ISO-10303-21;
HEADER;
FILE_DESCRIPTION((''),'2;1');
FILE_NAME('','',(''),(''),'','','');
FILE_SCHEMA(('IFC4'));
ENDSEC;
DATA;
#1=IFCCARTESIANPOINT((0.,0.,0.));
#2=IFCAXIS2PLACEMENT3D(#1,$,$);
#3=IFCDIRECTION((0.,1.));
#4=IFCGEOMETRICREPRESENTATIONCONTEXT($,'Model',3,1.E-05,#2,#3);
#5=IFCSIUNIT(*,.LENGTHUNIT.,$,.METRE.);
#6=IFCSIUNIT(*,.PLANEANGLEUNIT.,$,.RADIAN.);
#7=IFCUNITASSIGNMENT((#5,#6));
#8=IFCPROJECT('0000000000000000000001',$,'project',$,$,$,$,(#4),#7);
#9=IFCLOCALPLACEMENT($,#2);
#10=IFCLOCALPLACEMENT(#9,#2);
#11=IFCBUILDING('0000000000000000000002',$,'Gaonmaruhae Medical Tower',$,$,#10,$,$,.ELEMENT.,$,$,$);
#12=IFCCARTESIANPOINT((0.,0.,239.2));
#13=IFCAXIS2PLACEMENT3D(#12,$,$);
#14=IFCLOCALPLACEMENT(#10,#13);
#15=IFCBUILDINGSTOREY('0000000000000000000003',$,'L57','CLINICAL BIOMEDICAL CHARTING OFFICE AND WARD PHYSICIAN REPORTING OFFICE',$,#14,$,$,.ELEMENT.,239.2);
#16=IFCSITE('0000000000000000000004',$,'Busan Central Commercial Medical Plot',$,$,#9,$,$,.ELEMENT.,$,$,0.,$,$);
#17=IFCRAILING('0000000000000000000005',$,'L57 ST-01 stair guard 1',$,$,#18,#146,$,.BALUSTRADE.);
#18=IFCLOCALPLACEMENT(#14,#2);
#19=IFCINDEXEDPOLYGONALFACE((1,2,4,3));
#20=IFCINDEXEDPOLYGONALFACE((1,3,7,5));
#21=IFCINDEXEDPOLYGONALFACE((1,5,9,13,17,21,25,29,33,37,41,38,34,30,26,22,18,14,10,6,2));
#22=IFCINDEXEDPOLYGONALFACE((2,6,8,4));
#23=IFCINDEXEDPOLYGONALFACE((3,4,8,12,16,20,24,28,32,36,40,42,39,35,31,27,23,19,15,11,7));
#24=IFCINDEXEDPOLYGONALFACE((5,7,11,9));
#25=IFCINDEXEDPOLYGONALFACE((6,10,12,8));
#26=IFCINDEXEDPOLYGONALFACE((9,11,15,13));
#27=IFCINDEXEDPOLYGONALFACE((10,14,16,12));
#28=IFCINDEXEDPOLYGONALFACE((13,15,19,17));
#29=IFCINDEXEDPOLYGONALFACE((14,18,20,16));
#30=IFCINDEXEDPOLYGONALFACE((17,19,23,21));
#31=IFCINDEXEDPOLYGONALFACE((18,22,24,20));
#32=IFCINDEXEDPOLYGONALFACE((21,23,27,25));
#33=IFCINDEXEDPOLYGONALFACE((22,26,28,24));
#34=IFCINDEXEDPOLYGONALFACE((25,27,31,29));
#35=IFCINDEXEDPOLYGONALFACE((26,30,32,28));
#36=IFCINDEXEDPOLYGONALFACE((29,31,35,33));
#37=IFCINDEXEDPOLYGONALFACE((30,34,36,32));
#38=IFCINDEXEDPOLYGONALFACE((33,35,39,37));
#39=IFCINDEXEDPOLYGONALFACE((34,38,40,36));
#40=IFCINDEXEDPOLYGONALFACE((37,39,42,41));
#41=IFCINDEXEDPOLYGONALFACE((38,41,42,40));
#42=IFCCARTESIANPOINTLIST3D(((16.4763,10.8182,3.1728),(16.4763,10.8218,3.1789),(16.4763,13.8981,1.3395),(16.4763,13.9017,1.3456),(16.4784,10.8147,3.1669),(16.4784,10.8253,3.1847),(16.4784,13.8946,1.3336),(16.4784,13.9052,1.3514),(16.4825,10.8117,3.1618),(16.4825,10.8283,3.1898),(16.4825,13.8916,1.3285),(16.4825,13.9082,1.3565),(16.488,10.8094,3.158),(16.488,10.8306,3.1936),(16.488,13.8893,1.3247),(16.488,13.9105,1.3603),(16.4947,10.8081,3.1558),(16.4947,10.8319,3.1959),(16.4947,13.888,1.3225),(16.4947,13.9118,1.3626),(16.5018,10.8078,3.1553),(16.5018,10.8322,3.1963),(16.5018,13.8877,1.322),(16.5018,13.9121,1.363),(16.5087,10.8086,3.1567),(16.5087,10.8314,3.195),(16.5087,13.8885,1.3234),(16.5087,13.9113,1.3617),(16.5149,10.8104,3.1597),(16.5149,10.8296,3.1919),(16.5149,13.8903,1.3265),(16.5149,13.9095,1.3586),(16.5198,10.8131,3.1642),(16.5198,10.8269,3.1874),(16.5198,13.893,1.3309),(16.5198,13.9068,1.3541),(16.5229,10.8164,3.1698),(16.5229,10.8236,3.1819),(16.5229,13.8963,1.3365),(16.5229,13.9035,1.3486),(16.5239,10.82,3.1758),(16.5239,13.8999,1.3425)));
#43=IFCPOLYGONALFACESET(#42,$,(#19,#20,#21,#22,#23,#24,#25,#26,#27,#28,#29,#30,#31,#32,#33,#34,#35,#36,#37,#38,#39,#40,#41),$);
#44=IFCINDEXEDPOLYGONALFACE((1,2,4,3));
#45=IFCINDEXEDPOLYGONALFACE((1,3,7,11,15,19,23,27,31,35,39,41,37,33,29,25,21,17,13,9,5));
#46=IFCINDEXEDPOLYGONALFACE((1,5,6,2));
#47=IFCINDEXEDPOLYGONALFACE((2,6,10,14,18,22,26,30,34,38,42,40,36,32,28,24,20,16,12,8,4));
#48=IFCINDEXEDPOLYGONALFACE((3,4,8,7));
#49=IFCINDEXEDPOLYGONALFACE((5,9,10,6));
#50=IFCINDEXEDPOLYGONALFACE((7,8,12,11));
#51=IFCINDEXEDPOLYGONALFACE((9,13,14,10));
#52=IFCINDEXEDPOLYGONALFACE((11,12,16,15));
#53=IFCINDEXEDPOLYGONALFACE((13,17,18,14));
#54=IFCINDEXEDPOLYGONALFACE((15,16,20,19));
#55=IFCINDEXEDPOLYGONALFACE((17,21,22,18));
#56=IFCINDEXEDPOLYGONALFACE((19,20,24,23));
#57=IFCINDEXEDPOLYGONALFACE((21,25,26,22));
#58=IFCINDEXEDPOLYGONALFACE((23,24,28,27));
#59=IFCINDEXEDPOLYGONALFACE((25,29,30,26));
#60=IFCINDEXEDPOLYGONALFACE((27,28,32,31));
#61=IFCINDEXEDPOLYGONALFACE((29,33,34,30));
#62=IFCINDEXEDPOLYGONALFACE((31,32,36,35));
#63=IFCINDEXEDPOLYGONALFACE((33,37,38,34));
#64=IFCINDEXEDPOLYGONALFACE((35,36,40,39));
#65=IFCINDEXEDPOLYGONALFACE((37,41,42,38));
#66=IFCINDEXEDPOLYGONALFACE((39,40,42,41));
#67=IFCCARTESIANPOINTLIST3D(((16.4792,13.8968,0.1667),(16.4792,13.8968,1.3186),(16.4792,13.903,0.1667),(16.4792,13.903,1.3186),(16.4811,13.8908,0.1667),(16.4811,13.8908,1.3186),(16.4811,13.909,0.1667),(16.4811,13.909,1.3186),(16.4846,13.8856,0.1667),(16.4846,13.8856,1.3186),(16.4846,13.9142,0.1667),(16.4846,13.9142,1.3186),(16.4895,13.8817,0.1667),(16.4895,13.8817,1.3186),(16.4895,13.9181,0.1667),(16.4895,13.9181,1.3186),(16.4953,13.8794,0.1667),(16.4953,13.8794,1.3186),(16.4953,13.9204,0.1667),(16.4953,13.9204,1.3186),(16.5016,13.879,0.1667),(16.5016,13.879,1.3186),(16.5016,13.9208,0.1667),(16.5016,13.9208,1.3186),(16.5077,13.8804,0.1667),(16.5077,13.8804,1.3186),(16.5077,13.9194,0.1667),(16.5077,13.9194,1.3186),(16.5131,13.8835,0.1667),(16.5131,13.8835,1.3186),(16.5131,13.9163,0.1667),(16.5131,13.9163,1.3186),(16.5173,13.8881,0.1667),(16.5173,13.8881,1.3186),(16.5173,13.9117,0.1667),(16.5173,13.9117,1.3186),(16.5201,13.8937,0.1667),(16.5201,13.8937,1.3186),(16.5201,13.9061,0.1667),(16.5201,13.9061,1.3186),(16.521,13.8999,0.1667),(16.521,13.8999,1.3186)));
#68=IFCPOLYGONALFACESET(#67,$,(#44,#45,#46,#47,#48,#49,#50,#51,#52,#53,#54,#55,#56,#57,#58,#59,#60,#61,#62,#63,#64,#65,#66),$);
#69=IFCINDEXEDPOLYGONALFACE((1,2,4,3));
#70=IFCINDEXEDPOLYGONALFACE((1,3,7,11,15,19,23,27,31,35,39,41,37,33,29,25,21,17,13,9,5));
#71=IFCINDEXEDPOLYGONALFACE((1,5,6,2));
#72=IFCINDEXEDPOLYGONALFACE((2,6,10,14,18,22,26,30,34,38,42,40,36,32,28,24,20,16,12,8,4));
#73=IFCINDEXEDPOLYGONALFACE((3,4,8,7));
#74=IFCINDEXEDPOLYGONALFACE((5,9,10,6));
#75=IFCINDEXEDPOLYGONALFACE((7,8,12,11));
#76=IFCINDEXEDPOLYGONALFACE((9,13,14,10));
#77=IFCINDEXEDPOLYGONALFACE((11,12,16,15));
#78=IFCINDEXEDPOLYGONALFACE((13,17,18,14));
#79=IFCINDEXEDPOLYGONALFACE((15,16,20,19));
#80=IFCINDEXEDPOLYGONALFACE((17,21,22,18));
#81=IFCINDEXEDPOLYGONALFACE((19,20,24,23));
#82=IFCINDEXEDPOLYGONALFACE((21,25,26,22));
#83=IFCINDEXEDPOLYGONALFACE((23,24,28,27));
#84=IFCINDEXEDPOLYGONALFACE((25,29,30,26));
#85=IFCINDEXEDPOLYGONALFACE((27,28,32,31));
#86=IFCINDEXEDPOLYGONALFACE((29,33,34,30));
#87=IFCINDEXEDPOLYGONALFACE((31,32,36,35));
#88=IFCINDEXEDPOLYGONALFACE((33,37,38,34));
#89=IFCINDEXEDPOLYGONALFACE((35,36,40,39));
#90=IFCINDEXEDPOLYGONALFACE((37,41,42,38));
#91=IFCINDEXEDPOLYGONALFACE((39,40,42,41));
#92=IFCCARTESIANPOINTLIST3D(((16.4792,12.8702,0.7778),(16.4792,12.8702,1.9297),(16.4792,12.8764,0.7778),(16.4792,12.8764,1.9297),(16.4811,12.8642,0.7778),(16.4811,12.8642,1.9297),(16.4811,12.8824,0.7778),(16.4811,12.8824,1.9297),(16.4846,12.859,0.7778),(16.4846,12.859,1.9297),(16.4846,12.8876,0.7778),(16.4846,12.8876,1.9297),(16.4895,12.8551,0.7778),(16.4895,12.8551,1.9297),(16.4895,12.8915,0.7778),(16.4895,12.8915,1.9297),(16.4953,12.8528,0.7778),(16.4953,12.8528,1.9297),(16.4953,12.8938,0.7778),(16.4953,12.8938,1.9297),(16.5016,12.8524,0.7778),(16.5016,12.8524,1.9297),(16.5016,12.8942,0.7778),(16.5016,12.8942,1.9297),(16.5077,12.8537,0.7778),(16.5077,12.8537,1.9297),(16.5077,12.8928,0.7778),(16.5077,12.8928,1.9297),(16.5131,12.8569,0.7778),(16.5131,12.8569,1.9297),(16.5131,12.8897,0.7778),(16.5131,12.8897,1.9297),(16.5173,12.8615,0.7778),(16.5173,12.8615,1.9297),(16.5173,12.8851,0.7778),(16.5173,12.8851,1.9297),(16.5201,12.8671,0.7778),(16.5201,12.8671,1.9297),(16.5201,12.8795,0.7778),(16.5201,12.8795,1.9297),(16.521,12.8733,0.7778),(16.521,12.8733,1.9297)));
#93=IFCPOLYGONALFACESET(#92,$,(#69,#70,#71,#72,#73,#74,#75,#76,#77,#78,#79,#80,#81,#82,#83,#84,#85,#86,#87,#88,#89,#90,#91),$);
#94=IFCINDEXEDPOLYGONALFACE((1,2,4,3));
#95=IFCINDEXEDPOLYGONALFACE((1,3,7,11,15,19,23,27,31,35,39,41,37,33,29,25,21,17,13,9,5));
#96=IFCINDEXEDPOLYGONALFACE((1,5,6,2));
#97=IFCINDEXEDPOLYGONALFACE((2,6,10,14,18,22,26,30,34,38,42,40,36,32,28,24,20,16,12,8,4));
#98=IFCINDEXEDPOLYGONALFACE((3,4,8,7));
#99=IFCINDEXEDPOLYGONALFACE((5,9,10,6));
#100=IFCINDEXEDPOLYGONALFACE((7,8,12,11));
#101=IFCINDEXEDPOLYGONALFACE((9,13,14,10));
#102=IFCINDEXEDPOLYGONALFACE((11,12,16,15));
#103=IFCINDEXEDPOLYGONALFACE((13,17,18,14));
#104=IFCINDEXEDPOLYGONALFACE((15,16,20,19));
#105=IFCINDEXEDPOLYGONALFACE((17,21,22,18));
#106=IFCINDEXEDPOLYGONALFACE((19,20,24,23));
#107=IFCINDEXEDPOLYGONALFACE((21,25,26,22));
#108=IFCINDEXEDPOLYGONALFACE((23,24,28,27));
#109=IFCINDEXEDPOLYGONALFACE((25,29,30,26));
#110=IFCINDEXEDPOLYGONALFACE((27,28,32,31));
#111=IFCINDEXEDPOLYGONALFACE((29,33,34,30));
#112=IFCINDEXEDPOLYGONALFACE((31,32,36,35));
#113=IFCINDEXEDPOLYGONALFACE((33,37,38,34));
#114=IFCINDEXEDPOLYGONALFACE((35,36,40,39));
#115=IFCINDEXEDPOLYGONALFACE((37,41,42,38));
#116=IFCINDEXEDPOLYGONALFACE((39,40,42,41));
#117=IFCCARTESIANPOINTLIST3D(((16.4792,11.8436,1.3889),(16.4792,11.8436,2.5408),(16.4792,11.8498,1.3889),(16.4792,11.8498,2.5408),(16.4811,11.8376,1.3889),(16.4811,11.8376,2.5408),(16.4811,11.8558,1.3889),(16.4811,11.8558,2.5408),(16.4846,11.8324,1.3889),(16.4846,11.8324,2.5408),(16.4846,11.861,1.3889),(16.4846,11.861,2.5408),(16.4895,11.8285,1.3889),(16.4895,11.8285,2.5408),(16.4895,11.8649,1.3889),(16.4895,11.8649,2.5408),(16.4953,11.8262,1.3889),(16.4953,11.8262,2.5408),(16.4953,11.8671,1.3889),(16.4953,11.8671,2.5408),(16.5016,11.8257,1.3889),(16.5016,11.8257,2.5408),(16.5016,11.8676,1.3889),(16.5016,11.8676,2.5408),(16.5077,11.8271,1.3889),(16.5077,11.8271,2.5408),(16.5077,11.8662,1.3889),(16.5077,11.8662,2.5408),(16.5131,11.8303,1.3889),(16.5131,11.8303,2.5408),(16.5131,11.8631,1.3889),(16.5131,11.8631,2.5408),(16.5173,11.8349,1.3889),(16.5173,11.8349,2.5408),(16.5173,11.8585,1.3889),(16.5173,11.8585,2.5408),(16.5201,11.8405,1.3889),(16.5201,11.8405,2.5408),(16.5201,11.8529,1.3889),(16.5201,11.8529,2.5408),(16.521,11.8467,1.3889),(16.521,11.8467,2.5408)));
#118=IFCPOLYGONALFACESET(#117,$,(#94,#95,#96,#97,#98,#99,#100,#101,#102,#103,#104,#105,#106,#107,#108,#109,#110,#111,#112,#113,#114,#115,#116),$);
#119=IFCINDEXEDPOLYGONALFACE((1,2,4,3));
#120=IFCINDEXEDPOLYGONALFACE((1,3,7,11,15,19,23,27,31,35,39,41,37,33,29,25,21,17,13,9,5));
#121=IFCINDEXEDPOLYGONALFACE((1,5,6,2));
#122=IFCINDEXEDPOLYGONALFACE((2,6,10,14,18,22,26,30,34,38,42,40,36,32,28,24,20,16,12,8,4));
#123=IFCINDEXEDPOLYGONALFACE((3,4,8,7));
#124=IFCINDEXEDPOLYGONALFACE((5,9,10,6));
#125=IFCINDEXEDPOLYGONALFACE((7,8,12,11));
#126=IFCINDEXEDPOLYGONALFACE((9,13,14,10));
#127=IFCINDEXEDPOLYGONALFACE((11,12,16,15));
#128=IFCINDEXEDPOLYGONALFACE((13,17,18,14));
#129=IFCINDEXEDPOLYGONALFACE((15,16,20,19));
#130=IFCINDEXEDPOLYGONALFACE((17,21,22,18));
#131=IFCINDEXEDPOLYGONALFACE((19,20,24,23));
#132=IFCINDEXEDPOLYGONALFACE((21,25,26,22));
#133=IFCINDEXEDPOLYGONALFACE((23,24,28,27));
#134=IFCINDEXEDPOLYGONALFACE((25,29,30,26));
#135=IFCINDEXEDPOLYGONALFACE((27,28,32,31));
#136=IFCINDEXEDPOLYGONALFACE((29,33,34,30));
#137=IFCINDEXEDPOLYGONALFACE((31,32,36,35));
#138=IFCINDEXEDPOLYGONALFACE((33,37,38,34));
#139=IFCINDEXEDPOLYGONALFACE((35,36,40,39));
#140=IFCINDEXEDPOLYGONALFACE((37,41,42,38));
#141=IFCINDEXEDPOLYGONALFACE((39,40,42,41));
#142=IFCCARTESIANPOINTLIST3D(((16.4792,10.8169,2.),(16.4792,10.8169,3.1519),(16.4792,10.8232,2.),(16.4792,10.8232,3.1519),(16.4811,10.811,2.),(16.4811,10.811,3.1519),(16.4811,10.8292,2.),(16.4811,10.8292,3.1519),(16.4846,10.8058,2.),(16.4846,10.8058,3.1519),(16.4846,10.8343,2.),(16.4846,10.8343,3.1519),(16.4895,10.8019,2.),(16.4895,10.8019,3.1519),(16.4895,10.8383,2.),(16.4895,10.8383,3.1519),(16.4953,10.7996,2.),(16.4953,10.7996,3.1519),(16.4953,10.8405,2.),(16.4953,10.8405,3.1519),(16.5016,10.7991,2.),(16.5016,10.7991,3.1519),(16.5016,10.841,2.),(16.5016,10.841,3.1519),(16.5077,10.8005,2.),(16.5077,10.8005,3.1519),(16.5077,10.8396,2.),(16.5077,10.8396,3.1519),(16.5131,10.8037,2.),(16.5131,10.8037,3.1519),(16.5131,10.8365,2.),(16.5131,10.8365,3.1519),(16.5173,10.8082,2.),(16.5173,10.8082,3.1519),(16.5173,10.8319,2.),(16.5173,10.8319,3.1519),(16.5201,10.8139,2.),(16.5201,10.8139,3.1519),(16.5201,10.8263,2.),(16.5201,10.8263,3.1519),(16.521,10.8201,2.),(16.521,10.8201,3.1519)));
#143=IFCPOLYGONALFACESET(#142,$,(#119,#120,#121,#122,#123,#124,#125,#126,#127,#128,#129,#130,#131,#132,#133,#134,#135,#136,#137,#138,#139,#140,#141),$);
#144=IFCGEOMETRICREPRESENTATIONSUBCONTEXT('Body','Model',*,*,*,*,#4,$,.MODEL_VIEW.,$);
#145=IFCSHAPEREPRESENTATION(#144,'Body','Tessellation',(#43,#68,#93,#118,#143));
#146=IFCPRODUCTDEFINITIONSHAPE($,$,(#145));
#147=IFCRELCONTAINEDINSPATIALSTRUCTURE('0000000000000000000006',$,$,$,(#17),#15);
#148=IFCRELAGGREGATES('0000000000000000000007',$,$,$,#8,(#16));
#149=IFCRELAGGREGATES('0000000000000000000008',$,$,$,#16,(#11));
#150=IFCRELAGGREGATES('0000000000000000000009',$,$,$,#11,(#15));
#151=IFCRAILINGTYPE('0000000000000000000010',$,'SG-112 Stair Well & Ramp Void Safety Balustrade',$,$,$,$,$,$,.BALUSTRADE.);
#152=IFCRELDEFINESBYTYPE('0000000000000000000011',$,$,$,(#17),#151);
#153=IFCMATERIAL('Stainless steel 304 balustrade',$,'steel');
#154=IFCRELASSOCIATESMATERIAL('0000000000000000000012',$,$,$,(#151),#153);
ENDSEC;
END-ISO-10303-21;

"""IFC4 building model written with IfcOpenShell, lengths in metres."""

from ifc_helpers import new_model, si_unit, direction, frame, origin, origin_2d, place, context, subcontext, project, spatial, circle, extrude, material, type_object, element, save


model = new_model("IFC4")

# Units and contexts
model_context = context("Model", 3, precision=1e-05, world=origin(), true_north=direction((0.0, 1.0)))
body_context = subcontext(model_context, "Body", "Model", "MODEL_VIEW")
ifc_project = project(units=[si_unit("LENGTHUNIT", "METRE"), si_unit("PLANEANGLEUNIT", "RADIAN")], contexts=[model_context])

# Site, building, storey
site_placement = place(None, origin())
site = spatial("IfcSite", under=ifc_project, at=site_placement, Name="Busan Central Commercial Medical Plot", CompositionType="ELEMENT", RefElevation=0.0)
building_placement = place(site_placement, origin())
building = spatial("IfcBuilding", under=site, at=building_placement, Name="Gaonmaruhae Medical Tower", CompositionType="ELEMENT")
storey_placement = place(building_placement, frame((0.0, 0.0, 239.2)))
storey = spatial("IfcBuildingStorey", under=building, at=storey_placement, Name="L57", Description="CLINICAL BIOMEDICAL CHARTING OFFICE AND WARD PHYSICIAN REPORTING OFFICE", CompositionType="ELEMENT", Elevation=239.2)

# Railing
ifc_material_1 = material(Name="Stainless steel 304 balustrade", Category="steel")
railing_type_1 = type_object("IfcRailingType", Name="SG-112 Stair Well & Ramp Void Safety Balustrade", PredefinedType="BALUSTRADE", material=ifc_material_1)
railing_1_placement = place(storey_placement, frame((16.5, 13.8999, 0.1667)))
element("IfcRailing", 1, at=railing_1_placement, inside=storey, type_object=railing_type_1, Name="L57 ST-01 stair guard 1", PredefinedType="BALUSTRADE", context=body_context, shape_type="SweptSolid", body=[
    extrude(circle(Radius=0.0239, at=origin_2d()), frame((0.0, 0.0, 1.1758), z_axis=(0.0, -0.859291, 0.511487), x_axis=(1.0, 0.0, 0.0)), (0.0, 0.0, 1.0), 3.5842),
    extrude(circle(Radius=0.021, at=origin_2d()), origin(), (0.0, 0.0, 1.0), 1.1519),
    extrude(circle(Radius=0.021, at=origin_2d()), frame((0.0, -1.0266, 0.6111)), (0.0, 0.0, 1.0), 1.1519),
    extrude(circle(Radius=0.021, at=origin_2d()), frame((0.0, -2.0532, 1.2222)), (0.0, 0.0, 1.0), 1.1519),
    extrude(circle(Radius=0.021, at=origin_2d()), frame((0.0, -3.0798, 1.8333)), (0.0, 0.0, 1.0), 1.1519),
])

save(model, "model.ifc")
